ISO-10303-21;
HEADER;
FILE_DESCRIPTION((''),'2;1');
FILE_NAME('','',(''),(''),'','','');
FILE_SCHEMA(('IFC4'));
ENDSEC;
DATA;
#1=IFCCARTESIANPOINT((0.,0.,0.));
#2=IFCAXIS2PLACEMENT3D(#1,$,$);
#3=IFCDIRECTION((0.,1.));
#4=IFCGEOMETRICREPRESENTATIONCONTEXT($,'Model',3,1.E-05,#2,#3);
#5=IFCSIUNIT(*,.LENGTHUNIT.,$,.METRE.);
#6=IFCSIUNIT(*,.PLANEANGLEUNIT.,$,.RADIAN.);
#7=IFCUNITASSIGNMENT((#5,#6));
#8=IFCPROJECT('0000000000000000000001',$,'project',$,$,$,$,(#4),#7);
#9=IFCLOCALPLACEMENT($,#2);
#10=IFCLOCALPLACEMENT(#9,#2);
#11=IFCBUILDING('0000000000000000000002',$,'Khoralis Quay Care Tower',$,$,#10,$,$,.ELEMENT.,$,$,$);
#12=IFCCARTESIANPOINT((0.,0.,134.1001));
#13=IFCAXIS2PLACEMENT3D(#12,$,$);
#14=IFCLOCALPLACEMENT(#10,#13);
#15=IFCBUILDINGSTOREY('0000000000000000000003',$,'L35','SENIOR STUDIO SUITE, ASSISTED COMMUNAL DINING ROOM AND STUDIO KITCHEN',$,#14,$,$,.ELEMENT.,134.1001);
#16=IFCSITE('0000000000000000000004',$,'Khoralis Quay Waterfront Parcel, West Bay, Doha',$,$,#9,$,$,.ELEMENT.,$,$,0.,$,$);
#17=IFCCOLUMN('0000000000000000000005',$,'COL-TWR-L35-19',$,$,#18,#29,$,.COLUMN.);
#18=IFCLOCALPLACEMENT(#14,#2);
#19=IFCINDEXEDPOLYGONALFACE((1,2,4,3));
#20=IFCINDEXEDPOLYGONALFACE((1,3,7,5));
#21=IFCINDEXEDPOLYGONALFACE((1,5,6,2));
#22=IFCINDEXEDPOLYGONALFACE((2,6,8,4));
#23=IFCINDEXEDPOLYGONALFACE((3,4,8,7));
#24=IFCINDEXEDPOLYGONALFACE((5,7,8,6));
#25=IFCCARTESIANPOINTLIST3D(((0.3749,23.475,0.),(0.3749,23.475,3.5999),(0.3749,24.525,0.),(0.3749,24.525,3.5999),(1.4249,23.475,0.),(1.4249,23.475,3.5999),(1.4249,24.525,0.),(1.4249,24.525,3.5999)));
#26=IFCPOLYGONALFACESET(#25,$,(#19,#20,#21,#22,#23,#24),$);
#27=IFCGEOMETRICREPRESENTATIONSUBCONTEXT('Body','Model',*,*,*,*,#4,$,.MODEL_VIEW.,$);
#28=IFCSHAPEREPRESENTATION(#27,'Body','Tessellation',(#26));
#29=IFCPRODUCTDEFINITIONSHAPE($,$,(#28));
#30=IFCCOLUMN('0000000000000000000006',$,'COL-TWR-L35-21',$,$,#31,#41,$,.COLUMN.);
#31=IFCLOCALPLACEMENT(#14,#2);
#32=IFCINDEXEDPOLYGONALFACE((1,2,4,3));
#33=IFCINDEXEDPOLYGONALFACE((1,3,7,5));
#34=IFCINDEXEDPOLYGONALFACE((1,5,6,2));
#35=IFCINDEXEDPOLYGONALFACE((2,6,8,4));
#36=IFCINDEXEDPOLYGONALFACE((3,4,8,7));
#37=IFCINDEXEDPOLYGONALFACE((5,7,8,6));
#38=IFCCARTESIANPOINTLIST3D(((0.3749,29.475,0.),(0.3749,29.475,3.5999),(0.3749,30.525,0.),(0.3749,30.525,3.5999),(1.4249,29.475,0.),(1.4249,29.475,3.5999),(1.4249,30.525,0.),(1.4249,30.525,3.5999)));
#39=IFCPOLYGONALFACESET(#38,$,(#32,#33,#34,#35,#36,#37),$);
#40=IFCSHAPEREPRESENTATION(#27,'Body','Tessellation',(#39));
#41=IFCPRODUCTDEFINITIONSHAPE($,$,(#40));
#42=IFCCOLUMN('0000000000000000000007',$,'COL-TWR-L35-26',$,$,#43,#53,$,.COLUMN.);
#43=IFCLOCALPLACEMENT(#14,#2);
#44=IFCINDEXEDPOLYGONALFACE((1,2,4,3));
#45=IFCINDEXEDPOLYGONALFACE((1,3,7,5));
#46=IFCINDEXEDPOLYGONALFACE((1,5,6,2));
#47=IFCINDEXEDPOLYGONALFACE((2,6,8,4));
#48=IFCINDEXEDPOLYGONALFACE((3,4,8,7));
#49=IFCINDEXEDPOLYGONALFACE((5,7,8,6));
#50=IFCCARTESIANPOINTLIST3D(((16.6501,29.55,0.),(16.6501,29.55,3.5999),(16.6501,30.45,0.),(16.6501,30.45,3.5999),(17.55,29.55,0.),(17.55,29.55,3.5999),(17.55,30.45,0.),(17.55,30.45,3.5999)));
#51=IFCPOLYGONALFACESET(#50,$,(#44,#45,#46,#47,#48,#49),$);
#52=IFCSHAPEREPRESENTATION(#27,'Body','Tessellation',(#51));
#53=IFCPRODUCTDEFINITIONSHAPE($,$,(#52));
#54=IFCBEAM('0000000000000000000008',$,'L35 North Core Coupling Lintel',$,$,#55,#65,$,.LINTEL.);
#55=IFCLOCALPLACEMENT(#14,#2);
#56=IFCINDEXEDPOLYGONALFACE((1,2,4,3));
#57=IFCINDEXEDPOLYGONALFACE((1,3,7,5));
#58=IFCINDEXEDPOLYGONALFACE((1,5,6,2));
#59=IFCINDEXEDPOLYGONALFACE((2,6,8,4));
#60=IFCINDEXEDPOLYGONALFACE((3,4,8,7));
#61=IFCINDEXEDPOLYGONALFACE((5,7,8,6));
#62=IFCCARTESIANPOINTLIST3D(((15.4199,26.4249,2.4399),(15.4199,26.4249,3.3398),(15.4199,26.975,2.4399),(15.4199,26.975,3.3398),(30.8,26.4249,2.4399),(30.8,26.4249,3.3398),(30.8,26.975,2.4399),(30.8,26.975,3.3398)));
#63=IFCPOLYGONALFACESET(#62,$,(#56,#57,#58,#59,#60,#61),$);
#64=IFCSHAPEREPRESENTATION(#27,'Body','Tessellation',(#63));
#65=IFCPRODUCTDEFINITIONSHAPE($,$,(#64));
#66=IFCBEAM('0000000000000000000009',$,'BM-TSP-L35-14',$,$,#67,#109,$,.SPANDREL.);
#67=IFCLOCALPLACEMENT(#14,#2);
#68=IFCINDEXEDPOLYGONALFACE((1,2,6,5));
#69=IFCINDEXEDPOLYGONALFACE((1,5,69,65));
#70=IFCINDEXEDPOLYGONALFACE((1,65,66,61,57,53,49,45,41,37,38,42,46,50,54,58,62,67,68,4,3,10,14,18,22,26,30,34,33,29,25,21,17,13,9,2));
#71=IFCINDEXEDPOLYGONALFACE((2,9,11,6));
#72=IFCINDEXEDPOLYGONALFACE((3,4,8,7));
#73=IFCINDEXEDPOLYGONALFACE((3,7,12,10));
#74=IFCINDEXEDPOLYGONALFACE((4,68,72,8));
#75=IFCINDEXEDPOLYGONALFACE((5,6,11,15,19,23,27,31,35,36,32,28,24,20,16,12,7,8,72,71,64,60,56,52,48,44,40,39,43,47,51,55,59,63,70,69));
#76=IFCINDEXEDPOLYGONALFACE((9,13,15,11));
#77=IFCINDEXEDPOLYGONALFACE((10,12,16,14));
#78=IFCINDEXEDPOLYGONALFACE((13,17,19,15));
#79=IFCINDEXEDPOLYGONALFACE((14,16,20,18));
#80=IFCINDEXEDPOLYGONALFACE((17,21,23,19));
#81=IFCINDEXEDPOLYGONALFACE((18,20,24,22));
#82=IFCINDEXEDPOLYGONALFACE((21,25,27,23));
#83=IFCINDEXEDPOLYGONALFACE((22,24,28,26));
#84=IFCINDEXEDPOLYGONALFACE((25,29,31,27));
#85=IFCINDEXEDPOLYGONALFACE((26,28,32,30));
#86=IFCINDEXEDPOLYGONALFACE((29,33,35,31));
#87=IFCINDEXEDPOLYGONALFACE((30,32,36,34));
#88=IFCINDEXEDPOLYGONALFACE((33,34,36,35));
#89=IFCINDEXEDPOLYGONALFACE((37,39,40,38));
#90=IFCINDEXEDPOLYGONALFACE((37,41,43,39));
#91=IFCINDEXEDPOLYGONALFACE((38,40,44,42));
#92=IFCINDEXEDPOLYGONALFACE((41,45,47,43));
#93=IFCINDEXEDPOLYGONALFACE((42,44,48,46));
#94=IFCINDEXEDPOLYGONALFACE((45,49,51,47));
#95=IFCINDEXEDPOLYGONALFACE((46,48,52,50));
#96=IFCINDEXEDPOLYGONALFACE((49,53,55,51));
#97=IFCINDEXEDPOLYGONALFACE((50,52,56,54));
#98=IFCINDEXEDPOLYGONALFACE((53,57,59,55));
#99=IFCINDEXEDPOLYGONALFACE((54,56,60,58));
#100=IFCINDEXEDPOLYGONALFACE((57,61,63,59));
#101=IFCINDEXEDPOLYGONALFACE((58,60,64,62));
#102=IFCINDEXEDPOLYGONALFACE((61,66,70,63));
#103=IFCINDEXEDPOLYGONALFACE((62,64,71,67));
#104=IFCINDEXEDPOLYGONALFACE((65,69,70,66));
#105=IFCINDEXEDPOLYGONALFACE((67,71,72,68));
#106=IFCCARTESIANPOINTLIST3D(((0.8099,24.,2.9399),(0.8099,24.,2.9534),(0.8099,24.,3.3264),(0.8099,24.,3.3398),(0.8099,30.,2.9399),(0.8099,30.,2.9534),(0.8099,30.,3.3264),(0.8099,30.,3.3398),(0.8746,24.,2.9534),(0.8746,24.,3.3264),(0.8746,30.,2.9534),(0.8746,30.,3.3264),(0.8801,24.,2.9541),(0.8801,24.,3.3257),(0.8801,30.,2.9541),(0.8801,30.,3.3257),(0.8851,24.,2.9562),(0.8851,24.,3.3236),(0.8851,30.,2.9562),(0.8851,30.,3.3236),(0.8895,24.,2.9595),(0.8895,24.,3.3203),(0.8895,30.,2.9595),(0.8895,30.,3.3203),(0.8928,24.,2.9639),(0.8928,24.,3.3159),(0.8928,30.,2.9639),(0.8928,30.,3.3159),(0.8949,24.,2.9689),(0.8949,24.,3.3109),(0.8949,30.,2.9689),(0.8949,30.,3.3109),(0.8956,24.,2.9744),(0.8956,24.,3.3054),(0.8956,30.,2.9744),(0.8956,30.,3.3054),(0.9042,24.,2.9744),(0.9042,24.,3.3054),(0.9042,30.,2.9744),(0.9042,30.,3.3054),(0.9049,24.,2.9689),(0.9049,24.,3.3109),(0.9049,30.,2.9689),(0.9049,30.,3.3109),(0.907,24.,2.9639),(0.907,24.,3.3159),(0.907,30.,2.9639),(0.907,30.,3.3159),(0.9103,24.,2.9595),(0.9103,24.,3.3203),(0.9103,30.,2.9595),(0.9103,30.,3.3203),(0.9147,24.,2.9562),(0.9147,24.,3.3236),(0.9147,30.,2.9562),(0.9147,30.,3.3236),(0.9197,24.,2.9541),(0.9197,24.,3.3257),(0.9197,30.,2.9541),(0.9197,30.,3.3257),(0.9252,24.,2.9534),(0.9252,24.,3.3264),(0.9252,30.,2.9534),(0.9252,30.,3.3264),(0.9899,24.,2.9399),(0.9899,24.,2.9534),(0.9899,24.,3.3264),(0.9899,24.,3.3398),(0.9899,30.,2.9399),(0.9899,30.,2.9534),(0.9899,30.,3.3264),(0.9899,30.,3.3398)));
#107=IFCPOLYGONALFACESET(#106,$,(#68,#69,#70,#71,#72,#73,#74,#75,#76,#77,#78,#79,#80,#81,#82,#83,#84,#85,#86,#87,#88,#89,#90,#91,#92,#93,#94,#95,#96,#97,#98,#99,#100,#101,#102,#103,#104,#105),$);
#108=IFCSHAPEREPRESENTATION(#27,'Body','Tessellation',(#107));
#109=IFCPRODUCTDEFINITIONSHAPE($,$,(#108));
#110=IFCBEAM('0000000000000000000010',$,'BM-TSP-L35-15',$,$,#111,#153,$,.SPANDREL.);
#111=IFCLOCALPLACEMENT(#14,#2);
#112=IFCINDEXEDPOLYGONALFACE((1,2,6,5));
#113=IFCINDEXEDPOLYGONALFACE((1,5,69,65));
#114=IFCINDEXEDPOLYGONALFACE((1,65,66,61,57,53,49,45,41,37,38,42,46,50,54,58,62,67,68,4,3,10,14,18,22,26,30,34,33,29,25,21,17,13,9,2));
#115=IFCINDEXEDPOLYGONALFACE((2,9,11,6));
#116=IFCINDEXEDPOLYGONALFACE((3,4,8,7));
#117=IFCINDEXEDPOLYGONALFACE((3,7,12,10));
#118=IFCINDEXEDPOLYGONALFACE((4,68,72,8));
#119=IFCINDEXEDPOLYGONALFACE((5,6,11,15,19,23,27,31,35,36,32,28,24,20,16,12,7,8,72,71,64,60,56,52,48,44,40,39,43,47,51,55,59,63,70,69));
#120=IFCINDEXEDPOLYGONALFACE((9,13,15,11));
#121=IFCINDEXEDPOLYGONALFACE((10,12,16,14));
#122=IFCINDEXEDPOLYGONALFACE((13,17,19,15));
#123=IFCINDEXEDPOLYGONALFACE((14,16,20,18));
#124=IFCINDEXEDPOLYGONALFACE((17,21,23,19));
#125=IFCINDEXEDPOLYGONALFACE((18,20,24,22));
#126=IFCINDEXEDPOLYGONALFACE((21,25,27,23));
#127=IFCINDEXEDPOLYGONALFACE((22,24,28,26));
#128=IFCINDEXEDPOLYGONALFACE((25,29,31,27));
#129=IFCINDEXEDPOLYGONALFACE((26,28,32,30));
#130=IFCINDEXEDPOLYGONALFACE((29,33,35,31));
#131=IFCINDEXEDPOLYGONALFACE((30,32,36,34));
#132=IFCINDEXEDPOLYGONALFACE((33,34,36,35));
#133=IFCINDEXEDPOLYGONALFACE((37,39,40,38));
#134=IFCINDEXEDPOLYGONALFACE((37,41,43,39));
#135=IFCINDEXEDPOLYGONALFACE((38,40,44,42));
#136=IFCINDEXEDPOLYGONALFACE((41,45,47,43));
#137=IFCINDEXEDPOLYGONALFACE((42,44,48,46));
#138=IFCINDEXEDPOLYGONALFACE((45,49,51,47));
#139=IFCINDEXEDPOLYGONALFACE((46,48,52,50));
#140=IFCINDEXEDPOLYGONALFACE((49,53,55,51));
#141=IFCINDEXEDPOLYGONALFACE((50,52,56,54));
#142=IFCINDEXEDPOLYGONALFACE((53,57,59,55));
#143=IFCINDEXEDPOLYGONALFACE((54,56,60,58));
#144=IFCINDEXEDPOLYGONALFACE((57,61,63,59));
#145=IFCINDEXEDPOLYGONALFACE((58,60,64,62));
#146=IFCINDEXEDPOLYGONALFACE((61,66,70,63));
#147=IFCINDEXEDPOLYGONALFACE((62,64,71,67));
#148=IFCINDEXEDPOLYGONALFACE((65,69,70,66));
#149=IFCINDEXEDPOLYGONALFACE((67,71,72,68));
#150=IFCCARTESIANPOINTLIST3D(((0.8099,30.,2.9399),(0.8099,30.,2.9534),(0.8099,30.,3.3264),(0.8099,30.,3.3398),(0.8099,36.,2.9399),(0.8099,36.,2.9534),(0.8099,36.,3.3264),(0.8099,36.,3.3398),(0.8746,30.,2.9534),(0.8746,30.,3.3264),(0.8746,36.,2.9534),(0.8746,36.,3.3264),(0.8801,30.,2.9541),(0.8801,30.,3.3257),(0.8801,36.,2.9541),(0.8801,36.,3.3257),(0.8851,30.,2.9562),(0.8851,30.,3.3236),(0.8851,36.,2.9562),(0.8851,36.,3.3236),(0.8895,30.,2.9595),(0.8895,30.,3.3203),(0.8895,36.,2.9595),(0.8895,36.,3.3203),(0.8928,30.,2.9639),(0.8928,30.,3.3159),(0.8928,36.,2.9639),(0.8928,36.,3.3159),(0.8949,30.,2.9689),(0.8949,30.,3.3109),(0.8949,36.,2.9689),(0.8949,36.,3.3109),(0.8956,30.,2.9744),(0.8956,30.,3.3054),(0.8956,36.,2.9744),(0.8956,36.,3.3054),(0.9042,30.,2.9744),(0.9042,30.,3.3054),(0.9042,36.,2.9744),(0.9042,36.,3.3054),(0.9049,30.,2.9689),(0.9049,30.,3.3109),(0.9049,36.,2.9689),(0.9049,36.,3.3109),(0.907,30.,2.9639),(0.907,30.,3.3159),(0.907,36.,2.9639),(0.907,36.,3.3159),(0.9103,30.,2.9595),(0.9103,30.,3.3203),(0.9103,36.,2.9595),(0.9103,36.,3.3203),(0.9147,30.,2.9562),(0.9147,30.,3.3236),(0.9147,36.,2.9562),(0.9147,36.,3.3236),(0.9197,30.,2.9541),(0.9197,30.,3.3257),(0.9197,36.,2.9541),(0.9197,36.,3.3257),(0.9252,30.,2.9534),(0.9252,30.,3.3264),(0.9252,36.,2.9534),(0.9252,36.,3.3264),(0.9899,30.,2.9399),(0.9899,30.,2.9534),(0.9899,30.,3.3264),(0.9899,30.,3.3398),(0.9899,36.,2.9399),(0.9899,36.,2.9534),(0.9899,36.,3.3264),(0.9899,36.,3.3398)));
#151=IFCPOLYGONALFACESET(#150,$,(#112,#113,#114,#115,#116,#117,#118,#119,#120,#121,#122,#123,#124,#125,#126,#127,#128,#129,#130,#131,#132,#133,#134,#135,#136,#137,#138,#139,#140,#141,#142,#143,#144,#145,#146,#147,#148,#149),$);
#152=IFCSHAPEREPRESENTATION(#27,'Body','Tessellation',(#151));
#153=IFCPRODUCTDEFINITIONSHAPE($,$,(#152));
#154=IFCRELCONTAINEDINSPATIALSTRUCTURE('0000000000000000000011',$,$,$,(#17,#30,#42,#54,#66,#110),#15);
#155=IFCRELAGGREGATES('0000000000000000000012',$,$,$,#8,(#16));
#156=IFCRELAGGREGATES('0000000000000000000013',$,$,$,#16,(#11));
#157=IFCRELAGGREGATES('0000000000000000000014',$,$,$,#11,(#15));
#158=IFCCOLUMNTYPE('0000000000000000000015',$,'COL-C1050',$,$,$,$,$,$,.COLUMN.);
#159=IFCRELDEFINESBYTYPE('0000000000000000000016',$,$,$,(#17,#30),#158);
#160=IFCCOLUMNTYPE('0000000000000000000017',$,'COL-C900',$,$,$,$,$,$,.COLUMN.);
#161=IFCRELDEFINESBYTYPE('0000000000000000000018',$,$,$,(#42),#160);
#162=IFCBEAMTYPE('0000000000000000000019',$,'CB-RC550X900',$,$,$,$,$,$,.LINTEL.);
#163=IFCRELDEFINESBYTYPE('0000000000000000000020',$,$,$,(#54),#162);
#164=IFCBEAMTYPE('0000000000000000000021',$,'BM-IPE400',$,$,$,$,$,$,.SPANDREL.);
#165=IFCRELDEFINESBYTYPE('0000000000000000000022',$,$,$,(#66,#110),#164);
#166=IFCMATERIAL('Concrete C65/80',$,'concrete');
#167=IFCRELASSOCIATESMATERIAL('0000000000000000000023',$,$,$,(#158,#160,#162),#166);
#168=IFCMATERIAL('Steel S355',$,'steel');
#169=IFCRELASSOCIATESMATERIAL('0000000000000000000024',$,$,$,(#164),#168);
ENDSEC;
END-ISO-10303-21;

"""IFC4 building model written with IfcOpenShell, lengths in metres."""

from ifc_helpers import new_model, si_unit, direction, frame, origin, origin_2d, place, context, subcontext, project, spatial, rectangle, i_section, extrude, source, transform, mapped, material, material_profile, profile_set, type_object, element, save


model = new_model("IFC4")

# Units and contexts
model_context = context("Model", 3, precision=1e-05, world=origin(), true_north=direction((0.0, 1.0)))
body_context = subcontext(model_context, "Body", "Model", "MODEL_VIEW")
ifc_project = project(units=[si_unit("LENGTHUNIT", "METRE"), si_unit("PLANEANGLEUNIT", "RADIAN")], contexts=[model_context])

# Site, building, storey
site_placement = place(None, origin())
site = spatial("IfcSite", under=ifc_project, at=site_placement, Name="Khoralis Quay Waterfront Parcel, West Bay, Doha", CompositionType="ELEMENT", RefElevation=0.0)
building_placement = place(site_placement, origin())
building = spatial("IfcBuilding", under=site, at=building_placement, Name="Khoralis Quay Care Tower", CompositionType="ELEMENT")
storey_placement = place(building_placement, frame((0.0, 0.0, 134.1001)))
storey = spatial("IfcBuildingStorey", under=building, at=storey_placement, Name="L35", Description="SENIOR STUDIO SUITE, ASSISTED COMMUNAL DINING ROOM AND STUDIO KITCHEN", CompositionType="ELEMENT", Elevation=134.1001)

# Columns
ifc_material_1 = material(Name="Concrete C65/80", Category="concrete")
ifc_material_profile_1 = material_profile(ifc_material_1, rectangle(XDim=1.05, YDim=1.05, at=origin_2d()), Name="Concrete C65/80")
ifc_profile_set_1 = profile_set([ifc_material_profile_1], Name="Concrete C65/80")
column_type_1 = type_object("IfcColumnType", Name="COL-C1050", PredefinedType="COLUMN", material=ifc_profile_set_1)
shared_shape_1 = source(origin(), body_context, "Body", "SweptSolid", [
    extrude(rectangle(XDim=1.05, YDim=1.05, at=origin_2d()), origin(), (0.0, 0.0, 1.0), 3.5999),
])
for number, where, z_axis, x_axis, name in (
    (1, (0.8999, 24.0, 0.0), (0.0, 0.0, 1.0), (1.0, 0.0, 0.0), "COL-TWR-L35-19"),
    (2, (0.8999, 30.0, 0.0), (0.0, 0.0, 1.0), (1.0, 0.0, 0.0), "COL-TWR-L35-21"),
):
    element("IfcColumn", number, at=place(storey_placement, frame(where, z_axis=z_axis, x_axis=x_axis)), inside=storey, type_object=column_type_1, Name=name, PredefinedType="COLUMN", context=body_context, shape_type="MappedRepresentation", body=[
        mapped(shared_shape_1, transform((0.0, 0.0, 0.0), scale=1.0)),
    ])
ifc_material_profile_2 = material_profile(ifc_material_1, rectangle(XDim=0.8999, YDim=0.8999, at=origin_2d()), Name="Concrete C65/80")
ifc_profile_set_2 = profile_set([ifc_material_profile_2], Name="Concrete C65/80")
column_type_2 = type_object("IfcColumnType", Name="COL-C900", PredefinedType="COLUMN", material=ifc_profile_set_2)
shared_shape_2 = source(origin(), body_context, "Body", "SweptSolid", [
    extrude(rectangle(XDim=0.8999, YDim=0.8999, at=origin_2d()), origin(), (0.0, 0.0, 1.0), 3.5999),
])
column_placement = place(storey_placement, frame((17.1001, 30.0, 0.0), z_axis=(0.0, 0.0, 1.0), x_axis=(1.0, 0.0, 0.0)))
element("IfcColumn", 3, at=column_placement, inside=storey, type_object=column_type_2, Name="COL-TWR-L35-26", PredefinedType="COLUMN", context=body_context, shape_type="MappedRepresentation", body=[
    mapped(shared_shape_2, transform((0.0, 0.0, 0.0), scale=1.0)),
])

# Beams
ifc_material_profile_3 = material_profile(ifc_material_1, rectangle(XDim=0.55, YDim=0.8999, at=origin_2d()), Name="Concrete C65/80")
ifc_profile_set_3 = profile_set([ifc_material_profile_3], Name="Concrete C65/80")
beam_type_1 = type_object("IfcBeamType", Name="CB-RC550X900", PredefinedType="LINTEL", material=ifc_profile_set_3)
shared_shape_3 = source(origin(), body_context, "Body", "SweptSolid", [
    extrude(rectangle(XDim=0.55, YDim=0.8999, at=origin_2d()), origin(), (0.0, 0.0, 1.0), 15.3801),
])
beam_1_placement = place(storey_placement, frame((15.4199, 26.7, 2.8899), z_axis=(1.0, 0.0, 0.0), x_axis=(0.0, 1.0, 0.0)))
element("IfcBeam", 4, at=beam_1_placement, inside=storey, type_object=beam_type_1, Name="L35 North Core Coupling Lintel", PredefinedType="LINTEL", context=body_context, shape_type="MappedRepresentation", body=[
    mapped(shared_shape_3, transform((0.0, 0.0, 0.0), scale=1.0)),
])
ifc_material_2 = material(Name="Steel S355", Category="steel")
ifc_material_profile_4 = material_profile(ifc_material_2, i_section(OverallWidth=0.1799, OverallDepth=0.3999, WebThickness=0.0085, FlangeThickness=0.0134, FilletRadius=0.021, at=origin_2d()), Name="Steel S355")
ifc_profile_set_4 = profile_set([ifc_material_profile_4], Name="Steel S355")
beam_type_2 = type_object("IfcBeamType", Name="BM-IPE400", PredefinedType="SPANDREL", material=ifc_profile_set_4)
shared_shape_4 = source(origin(), body_context, "Body", "SweptSolid", [
    extrude(i_section(OverallWidth=0.1799, OverallDepth=0.3999, WebThickness=0.0085, FlangeThickness=0.0134, FilletRadius=0.021, at=origin_2d()), origin(), (0.0, 0.0, 1.0), 6.0),
])
for number, where, z_axis, x_axis, name in (
    (5, (0.8999, 24.0, 3.1399), (0.0, 1.0, 0.0), (-1.0, 0.0, 0.0), "BM-TSP-L35-14"),
    (6, (0.8999, 30.0, 3.1399), (0.0, 1.0, 0.0), (-1.0, 0.0, 0.0), "BM-TSP-L35-15"),
):
    element("IfcBeam", number, at=place(storey_placement, frame(where, z_axis=z_axis, x_axis=x_axis)), inside=storey, type_object=beam_type_2, Name=name, PredefinedType="SPANDREL", context=body_context, shape_type="MappedRepresentation", body=[
        mapped(shared_shape_4, transform((0.0, 0.0, 0.0), scale=1.0)),
    ])

save(model, "model.ifc")
